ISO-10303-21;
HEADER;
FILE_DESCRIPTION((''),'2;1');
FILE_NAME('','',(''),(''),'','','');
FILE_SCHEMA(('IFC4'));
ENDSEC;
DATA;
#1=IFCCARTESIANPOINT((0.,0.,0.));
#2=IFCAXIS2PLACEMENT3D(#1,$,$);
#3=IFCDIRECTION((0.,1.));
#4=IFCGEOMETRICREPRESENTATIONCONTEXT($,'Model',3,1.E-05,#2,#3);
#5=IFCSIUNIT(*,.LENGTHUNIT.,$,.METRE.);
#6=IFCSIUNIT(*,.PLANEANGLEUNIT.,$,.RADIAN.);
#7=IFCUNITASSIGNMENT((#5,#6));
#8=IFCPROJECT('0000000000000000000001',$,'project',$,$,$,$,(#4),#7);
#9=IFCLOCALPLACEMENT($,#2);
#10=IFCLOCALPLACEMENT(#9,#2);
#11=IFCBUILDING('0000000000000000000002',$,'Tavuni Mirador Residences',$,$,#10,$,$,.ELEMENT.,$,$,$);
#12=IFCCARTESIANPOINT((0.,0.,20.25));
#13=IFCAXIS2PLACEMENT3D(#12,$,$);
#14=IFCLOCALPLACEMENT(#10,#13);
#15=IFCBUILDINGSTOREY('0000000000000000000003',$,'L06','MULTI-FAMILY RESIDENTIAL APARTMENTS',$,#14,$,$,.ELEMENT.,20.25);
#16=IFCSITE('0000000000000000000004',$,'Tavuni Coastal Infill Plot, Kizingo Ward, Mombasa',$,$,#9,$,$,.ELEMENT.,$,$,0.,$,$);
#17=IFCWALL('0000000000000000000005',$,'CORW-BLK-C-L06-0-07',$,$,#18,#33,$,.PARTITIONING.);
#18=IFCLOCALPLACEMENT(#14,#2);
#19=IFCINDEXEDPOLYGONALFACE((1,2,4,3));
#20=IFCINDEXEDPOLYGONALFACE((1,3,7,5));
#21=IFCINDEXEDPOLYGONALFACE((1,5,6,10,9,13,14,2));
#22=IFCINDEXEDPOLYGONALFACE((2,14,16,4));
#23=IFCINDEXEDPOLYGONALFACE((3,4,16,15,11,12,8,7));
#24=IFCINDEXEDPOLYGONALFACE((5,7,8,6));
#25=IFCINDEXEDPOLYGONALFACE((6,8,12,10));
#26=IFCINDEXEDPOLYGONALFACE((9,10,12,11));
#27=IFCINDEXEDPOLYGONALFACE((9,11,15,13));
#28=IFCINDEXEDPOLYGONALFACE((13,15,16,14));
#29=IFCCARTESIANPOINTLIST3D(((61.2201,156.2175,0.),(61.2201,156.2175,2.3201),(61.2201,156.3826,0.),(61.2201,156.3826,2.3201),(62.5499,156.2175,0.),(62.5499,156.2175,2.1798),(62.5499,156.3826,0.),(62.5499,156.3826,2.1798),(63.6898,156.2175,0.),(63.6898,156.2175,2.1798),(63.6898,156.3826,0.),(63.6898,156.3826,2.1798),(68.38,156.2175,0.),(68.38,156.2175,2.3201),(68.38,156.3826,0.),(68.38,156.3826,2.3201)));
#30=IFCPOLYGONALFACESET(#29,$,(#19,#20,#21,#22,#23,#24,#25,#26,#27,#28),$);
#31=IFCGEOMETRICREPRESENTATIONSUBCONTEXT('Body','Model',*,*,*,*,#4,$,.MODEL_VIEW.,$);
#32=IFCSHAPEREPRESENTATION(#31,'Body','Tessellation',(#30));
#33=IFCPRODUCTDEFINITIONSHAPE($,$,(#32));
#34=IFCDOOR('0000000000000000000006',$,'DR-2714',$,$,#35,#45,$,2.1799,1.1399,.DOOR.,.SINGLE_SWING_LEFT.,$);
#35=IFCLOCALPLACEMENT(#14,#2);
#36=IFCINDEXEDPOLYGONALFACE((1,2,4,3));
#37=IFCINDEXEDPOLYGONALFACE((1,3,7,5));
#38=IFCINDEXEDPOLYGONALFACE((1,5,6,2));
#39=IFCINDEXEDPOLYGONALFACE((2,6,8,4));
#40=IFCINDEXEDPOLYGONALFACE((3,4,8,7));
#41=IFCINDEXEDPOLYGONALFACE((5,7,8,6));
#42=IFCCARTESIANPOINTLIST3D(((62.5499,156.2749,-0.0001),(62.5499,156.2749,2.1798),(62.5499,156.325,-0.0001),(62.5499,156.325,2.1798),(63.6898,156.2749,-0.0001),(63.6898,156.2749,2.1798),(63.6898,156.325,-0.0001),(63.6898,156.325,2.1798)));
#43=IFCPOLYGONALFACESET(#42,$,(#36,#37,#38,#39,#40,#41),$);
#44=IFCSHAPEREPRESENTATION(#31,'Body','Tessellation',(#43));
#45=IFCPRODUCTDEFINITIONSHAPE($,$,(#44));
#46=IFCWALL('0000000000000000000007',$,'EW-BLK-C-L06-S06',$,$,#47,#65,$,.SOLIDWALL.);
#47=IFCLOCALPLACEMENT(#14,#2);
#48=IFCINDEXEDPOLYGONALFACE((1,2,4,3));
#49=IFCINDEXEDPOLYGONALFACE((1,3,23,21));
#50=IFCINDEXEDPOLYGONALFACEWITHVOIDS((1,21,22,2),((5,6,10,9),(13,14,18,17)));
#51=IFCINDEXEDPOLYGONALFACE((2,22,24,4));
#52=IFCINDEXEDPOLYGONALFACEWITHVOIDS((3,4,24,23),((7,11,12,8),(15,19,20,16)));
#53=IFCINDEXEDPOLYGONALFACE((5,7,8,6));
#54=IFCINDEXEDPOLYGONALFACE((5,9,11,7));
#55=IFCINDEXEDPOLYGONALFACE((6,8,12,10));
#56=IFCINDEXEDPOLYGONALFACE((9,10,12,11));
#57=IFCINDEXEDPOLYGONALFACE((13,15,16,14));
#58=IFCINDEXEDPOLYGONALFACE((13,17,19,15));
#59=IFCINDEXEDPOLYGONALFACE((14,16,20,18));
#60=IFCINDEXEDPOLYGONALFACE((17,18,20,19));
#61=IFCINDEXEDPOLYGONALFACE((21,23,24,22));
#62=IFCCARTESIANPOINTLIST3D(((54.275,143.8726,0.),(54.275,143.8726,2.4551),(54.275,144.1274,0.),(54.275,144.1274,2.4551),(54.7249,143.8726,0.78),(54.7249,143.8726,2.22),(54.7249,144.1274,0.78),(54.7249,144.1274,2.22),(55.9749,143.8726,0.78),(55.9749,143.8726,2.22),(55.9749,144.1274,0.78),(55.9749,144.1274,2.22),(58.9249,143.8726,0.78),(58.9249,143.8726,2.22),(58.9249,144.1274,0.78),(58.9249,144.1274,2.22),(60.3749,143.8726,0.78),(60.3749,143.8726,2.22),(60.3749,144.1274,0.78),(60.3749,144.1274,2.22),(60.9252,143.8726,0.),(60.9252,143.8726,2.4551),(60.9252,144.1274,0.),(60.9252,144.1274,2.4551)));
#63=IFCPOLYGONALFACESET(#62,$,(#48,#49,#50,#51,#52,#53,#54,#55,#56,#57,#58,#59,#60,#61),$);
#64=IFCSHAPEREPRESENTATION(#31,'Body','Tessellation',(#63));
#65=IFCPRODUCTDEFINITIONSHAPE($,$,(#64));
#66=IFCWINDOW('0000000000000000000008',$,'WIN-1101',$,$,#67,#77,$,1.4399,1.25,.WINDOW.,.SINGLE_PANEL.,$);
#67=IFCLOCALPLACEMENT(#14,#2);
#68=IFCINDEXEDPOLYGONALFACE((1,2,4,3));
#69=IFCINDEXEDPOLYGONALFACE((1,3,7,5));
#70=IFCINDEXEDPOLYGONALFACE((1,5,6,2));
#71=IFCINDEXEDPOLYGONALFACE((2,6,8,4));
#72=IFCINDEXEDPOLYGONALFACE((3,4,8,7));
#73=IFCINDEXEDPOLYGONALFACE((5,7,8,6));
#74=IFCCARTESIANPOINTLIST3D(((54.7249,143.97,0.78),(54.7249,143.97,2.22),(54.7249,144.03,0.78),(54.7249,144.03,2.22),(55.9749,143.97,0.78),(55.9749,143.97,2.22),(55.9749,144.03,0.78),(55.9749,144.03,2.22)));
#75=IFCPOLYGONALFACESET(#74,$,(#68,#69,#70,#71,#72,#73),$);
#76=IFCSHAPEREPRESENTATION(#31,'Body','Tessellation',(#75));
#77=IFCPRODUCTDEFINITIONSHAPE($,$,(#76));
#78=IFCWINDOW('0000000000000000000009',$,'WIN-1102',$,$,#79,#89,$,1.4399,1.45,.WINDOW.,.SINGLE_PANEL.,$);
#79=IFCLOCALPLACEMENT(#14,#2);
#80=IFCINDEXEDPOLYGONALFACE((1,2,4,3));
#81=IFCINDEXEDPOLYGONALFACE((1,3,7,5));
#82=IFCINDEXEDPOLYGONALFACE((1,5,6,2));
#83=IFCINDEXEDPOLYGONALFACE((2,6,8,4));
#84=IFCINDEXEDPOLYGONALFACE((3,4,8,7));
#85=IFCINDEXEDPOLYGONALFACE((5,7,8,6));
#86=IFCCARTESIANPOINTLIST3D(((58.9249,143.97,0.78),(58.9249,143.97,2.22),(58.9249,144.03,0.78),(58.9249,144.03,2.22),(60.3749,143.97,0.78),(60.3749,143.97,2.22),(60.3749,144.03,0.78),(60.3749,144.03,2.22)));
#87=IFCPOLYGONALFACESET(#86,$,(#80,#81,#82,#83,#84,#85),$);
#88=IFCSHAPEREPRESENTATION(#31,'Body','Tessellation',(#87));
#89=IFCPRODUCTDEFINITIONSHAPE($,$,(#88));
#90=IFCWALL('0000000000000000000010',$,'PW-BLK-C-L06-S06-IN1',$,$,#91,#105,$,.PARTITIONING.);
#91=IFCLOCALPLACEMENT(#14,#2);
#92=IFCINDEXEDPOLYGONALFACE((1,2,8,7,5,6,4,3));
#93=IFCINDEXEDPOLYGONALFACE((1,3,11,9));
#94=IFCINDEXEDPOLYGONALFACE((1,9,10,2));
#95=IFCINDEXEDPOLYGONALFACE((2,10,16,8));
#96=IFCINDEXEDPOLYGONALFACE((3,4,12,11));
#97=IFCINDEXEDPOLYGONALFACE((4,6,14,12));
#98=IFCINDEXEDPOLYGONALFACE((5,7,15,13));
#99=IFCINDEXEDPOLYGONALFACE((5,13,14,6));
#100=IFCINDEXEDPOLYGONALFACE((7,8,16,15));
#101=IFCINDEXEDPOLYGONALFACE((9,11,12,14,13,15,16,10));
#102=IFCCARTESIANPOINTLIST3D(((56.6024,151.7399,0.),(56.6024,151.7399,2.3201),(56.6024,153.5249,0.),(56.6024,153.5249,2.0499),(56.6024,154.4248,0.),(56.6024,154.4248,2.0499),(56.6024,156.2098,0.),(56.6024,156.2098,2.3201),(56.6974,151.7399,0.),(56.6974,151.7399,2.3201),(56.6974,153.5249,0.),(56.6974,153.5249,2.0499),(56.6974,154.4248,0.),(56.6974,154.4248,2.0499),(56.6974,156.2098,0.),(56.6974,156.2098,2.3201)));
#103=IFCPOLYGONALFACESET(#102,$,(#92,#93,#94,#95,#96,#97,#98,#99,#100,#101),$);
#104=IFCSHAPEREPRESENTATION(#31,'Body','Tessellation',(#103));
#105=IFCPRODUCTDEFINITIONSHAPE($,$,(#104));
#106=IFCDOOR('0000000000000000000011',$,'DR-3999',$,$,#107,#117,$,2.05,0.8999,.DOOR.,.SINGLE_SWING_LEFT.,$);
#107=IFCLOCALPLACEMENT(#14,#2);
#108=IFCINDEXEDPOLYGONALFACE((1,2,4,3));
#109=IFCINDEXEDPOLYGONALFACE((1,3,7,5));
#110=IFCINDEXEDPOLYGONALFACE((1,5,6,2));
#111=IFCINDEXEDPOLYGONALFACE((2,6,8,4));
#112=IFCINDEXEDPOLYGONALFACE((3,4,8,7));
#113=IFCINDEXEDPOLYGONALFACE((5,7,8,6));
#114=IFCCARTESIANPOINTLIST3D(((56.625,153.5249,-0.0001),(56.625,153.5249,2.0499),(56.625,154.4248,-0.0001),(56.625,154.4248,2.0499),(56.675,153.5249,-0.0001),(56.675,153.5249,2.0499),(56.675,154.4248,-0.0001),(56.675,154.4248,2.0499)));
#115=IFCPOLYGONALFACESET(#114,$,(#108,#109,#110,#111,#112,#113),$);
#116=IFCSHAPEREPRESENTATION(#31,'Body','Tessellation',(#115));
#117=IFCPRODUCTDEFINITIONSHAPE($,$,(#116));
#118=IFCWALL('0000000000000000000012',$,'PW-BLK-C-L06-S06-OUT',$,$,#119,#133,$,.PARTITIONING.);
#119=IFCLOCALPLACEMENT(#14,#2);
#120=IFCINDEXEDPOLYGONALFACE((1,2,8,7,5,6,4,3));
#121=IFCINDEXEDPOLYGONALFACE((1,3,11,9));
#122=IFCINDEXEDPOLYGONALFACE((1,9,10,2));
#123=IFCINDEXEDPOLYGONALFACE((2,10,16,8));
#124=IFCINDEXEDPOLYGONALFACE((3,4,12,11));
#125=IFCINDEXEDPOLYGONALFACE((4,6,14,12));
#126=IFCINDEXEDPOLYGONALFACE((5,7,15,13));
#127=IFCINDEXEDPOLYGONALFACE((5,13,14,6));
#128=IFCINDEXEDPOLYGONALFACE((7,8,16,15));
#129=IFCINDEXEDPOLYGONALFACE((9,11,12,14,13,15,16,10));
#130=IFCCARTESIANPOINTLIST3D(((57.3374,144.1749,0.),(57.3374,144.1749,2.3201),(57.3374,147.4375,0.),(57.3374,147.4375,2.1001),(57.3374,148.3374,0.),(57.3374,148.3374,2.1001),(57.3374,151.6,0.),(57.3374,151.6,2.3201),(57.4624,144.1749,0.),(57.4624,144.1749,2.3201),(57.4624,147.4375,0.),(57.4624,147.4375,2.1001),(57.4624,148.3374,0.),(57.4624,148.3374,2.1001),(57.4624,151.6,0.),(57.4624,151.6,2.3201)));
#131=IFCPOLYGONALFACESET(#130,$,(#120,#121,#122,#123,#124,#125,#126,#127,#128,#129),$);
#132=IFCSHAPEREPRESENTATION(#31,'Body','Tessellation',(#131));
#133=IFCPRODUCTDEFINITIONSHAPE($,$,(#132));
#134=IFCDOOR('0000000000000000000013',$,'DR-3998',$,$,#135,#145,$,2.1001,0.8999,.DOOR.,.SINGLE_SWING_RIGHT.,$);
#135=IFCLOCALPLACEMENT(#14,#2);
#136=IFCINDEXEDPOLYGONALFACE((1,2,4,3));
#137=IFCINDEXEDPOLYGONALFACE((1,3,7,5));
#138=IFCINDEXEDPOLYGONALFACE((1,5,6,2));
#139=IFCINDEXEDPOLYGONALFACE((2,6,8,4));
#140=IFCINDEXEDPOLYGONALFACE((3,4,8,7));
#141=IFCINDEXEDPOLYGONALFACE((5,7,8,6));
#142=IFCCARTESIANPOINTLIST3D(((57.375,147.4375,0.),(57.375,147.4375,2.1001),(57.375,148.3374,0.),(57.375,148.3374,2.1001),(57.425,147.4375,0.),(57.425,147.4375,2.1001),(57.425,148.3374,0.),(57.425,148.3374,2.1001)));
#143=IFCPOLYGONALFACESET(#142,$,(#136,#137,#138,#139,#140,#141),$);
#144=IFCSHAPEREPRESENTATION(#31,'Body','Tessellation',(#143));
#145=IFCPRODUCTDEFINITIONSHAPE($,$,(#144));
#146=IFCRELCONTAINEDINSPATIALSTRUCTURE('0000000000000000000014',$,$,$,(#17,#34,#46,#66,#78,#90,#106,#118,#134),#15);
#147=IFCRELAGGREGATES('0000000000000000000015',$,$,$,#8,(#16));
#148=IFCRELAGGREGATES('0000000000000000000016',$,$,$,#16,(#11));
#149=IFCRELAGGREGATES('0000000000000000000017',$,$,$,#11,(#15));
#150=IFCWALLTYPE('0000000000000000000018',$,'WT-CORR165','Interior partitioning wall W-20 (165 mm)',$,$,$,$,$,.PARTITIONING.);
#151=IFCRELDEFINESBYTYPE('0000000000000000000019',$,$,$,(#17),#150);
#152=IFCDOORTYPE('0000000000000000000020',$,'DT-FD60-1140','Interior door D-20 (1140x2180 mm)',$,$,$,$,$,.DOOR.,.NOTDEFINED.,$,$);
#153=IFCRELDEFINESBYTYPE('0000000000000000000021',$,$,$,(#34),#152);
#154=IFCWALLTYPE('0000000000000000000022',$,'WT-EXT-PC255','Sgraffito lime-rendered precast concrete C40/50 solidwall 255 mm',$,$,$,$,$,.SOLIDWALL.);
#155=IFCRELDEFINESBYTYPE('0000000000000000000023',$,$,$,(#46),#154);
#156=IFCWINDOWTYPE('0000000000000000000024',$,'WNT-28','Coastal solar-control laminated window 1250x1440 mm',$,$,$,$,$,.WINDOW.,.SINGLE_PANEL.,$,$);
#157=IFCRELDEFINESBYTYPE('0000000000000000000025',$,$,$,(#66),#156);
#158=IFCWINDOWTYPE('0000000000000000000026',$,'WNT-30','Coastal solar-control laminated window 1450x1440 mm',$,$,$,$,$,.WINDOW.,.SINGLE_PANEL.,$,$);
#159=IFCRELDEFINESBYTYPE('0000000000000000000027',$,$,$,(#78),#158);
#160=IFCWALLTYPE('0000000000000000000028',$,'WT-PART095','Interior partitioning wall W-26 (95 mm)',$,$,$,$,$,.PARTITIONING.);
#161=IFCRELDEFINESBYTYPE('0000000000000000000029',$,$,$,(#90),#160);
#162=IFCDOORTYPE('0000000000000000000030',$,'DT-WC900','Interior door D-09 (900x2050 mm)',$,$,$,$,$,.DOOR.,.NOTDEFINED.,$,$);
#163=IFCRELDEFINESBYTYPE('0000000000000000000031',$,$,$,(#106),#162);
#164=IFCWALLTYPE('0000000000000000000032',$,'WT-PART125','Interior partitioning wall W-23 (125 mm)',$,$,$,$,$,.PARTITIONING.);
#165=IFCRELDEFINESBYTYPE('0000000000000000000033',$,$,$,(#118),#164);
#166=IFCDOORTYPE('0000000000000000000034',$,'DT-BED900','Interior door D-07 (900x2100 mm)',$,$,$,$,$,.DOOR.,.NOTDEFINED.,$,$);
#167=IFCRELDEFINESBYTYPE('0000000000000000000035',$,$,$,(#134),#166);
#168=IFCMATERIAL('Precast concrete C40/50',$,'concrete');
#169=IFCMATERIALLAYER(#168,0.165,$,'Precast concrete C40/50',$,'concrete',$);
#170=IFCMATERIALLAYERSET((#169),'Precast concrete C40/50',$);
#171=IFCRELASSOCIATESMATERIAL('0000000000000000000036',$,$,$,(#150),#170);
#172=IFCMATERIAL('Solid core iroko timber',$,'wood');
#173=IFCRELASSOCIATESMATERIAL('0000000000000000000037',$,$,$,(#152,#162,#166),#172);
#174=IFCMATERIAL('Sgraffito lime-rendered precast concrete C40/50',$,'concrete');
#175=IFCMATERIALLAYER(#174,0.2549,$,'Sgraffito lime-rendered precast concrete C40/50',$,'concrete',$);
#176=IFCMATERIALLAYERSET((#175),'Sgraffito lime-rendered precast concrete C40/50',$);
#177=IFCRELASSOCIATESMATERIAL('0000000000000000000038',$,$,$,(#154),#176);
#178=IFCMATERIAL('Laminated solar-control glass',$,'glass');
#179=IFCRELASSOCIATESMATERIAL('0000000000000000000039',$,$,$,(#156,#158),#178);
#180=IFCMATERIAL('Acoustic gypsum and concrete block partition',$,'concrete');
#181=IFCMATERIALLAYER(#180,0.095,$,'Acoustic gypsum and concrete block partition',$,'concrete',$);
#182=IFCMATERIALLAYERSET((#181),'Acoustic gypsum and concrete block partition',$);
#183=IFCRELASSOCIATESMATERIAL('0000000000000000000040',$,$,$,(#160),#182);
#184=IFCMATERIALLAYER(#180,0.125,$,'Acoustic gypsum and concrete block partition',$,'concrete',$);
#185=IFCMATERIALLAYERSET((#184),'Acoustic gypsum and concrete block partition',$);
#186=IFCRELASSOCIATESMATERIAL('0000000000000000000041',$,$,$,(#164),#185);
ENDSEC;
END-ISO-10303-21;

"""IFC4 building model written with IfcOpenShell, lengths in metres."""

from ifc_helpers import new_model, si_unit, direction, frame, frame_2d, origin, place, context, subcontext, project, spatial, rectangle, extrude, material, layer, layer_set, type_object, element, fill, save


model = new_model("IFC4")

# Units and contexts
model_context = context("Model", 3, precision=1e-05, world=origin(), true_north=direction((0.0, 1.0)))
body_context = subcontext(model_context, "Body", "Model", "MODEL_VIEW")
ifc_project = project(units=[si_unit("LENGTHUNIT", "METRE"), si_unit("PLANEANGLEUNIT", "RADIAN")], contexts=[model_context])

# Site, building, storey
site_placement = place(None, origin())
site = spatial("IfcSite", under=ifc_project, at=site_placement, Name="Tavuni Coastal Infill Plot, Kizingo Ward, Mombasa", CompositionType="ELEMENT", RefElevation=0.0)
building_placement = place(site_placement, origin())
building = spatial("IfcBuilding", under=site, at=building_placement, Name="Tavuni Mirador Residences", CompositionType="ELEMENT")
storey_placement = place(building_placement, frame((0.0, 0.0, 20.25)))
storey = spatial("IfcBuildingStorey", under=building, at=storey_placement, Name="L06", Description="MULTI-FAMILY RESIDENTIAL APARTMENTS", CompositionType="ELEMENT", Elevation=20.25)

# Shared definitions
ifc_material_1 = material(Name="Precast concrete C40/50", Category="concrete")

# Wall, opening, door
ifc_layer_1 = layer(ifc_material_1, 0.165, Name="Precast concrete C40/50", Category="concrete")
ifc_layer_set_1 = layer_set([ifc_layer_1], Name="Precast concrete C40/50")
wall_type_1 = type_object("IfcWallType", Name="WT-CORR165", Description="Interior partitioning wall W-20 (165 mm)", PredefinedType="PARTITIONING", material=ifc_layer_set_1)
ifc_material_2 = material(Name="Solid core iroko timber", Category="wood")
wall_1_placement = place(storey_placement, frame((61.22, 156.3, 0.0), z_axis=(0.0, 0.0, 1.0), x_axis=(1.0, 0.0, 0.0)))
wall_1 = element("IfcWall", 1, at=wall_1_placement, inside=storey, type_object=wall_type_1, Name="CORW-BLK-C-L06-0-07", PredefinedType="PARTITIONING", context=body_context, shape_type="SweptSolid", body=[
    extrude(rectangle(XDim=7.1599, YDim=0.165, at=frame_2d((3.5801, 0.0))), origin(), (0.0, 0.0, 1.0), 2.3201),
])
opening_1_placement = place(wall_1_placement, frame((1.3301, 0.0, 0.0)))
opening_1 = element("IfcOpeningElement", 2, at=opening_1_placement, cuts=wall_1, PredefinedType="OPENING", context=body_context, shape_type="SweptSolid", body=[
    extrude(rectangle(XDim=1.1399, YDim=2.1799, at=frame_2d((0.5698, 1.0898))), frame((0.0, 0.0925, 0.0), z_axis=(0.0, -1.0, 0.0), x_axis=(1.0, 0.0, 0.0)), (0.0, 0.0, 1.0), 0.1851),
])
door_type_1 = type_object("IfcDoorType", Name="DT-FD60-1140", Description="Interior door D-20 (1140x2180 mm)", OperationType="NOTDEFINED", PredefinedType="DOOR", material=ifc_material_2)
door_1_placement = place(opening_1_placement, origin())
door_1 = element("IfcDoor", 3, at=door_1_placement, inside=storey, type_object=door_type_1, Name="DR-2714", OperationType="SINGLE_SWING_LEFT", OverallHeight=2.1799, OverallWidth=1.1399, PredefinedType="DOOR", context=body_context, shape_type="SweptSolid", body=[
    extrude(rectangle(XDim=1.1399, YDim=2.1799, at=frame_2d((0.5698, 1.0898))), frame((0.0, 0.0249, 0.0), z_axis=(0.0, -1.0, 0.0), x_axis=(1.0, 0.0, 0.0)), (0.0, 0.0, 1.0), 0.05),
])
fill(opening_1, door_1)

# Wall, openings, windows
ifc_material_3 = material(Name="Sgraffito lime-rendered precast concrete C40/50", Category="concrete")
ifc_layer_2 = layer(ifc_material_3, 0.2549, Name="Sgraffito lime-rendered precast concrete C40/50", Category="concrete")
ifc_layer_set_2 = layer_set([ifc_layer_2], Name="Sgraffito lime-rendered precast concrete C40/50")
wall_type_2 = type_object("IfcWallType", Name="WT-EXT-PC255", Description="Sgraffito lime-rendered precast concrete C40/50 solidwall 255 mm", PredefinedType="SOLIDWALL", material=ifc_layer_set_2)
wall_2_placement = place(storey_placement, frame((54.2749, 144.0, 0.0), z_axis=(0.0, 0.0, 1.0), x_axis=(1.0, 0.0, 0.0)))
wall_2 = element("IfcWall", 4, at=wall_2_placement, inside=storey, type_object=wall_type_2, Name="EW-BLK-C-L06-S06", PredefinedType="SOLIDWALL", context=body_context, shape_type="SweptSolid", body=[
    extrude(rectangle(XDim=6.6501, YDim=0.2549, at=frame_2d((3.3252, 0.0))), origin(), (0.0, 0.0, 1.0), 2.4551),
])
opening_2_placement = place(wall_2_placement, frame((0.45, 0.0, 0.78)))
opening_2 = element("IfcOpeningElement", 5, at=opening_2_placement, cuts=wall_2, PredefinedType="OPENING", context=body_context, shape_type="SweptSolid", body=[
    extrude(rectangle(XDim=1.25, YDim=1.4399, at=frame_2d((0.625, 0.72))), frame((0.0, 0.1375, 0.0), z_axis=(0.0, -1.0, 0.0), x_axis=(1.0, 0.0, 0.0)), (0.0, 0.0, 1.0), 0.2749),
])
opening_3_placement = place(wall_2_placement, frame((4.6499, 0.0, 0.78)))
opening_3 = element("IfcOpeningElement", 6, at=opening_3_placement, cuts=wall_2, PredefinedType="OPENING", context=body_context, shape_type="SweptSolid", body=[
    extrude(rectangle(XDim=1.45, YDim=1.4399, at=frame_2d((0.7251, 0.72))), frame((0.0, 0.1375, 0.0), z_axis=(0.0, -1.0, 0.0), x_axis=(1.0, 0.0, 0.0)), (0.0, 0.0, 1.0), 0.2749),
])
ifc_material_4 = material(Name="Laminated solar-control glass", Category="glass")
window_type_1 = type_object("IfcWindowType", Name="WNT-28", Description="Coastal solar-control laminated window 1250x1440 mm", PartitioningType="SINGLE_PANEL", PredefinedType="WINDOW", material=ifc_material_4)
window_1_placement = place(opening_2_placement, origin())
window_1 = element("IfcWindow", 7, at=window_1_placement, inside=storey, type_object=window_type_1, Name="WIN-1101", OverallHeight=1.4399, OverallWidth=1.25, PartitioningType="SINGLE_PANEL", PredefinedType="WINDOW", context=body_context, shape_type="SweptSolid", body=[
    extrude(rectangle(XDim=1.25, YDim=1.4399, at=frame_2d((0.625, 0.72))), frame((0.0, 0.03, 0.0), z_axis=(0.0, -1.0, 0.0), x_axis=(1.0, 0.0, 0.0)), (0.0, 0.0, 1.0), 0.0601),
])
fill(opening_2, window_1)
window_type_2 = type_object("IfcWindowType", Name="WNT-30", Description="Coastal solar-control laminated window 1450x1440 mm", PartitioningType="SINGLE_PANEL", PredefinedType="WINDOW", material=ifc_material_4)
window_2_placement = place(opening_3_placement, origin())
window_2 = element("IfcWindow", 8, at=window_2_placement, inside=storey, type_object=window_type_2, Name="WIN-1102", OverallHeight=1.4399, OverallWidth=1.45, PartitioningType="SINGLE_PANEL", PredefinedType="WINDOW", context=body_context, shape_type="SweptSolid", body=[
    extrude(rectangle(XDim=1.45, YDim=1.4399, at=frame_2d((0.7251, 0.72))), frame((0.0, 0.03, 0.0), z_axis=(0.0, -1.0, 0.0), x_axis=(1.0, 0.0, 0.0)), (0.0, 0.0, 1.0), 0.0601),
])
fill(opening_3, window_2)

# Walls, openings, doors
ifc_material_5 = material(Name="Acoustic gypsum and concrete block partition", Category="concrete")
ifc_layer_3 = layer(ifc_material_5, 0.095, Name="Acoustic gypsum and concrete block partition", Category="concrete")
ifc_layer_set_3 = layer_set([ifc_layer_3], Name="Acoustic gypsum and concrete block partition")
wall_type_3 = type_object("IfcWallType", Name="WT-PART095", Description="Interior partitioning wall W-26 (95 mm)", PredefinedType="PARTITIONING", material=ifc_layer_set_3)
wall_3_placement = place(storey_placement, frame((56.6499, 151.74, 0.0), z_axis=(0.0, 0.0, 1.0), x_axis=(0.0, 1.0, 0.0)))
wall_3 = element("IfcWall", 9, at=wall_3_placement, inside=storey, type_object=wall_type_3, Name="PW-BLK-C-L06-S06-IN1", PredefinedType="PARTITIONING", context=body_context, shape_type="SweptSolid", body=[
    extrude(rectangle(XDim=4.47, YDim=0.095, at=frame_2d((2.2349, 0.0))), origin(), (0.0, 0.0, 1.0), 2.3201),
])
opening_4_placement = place(wall_3_placement, frame((1.7849, 0.0, 0.0)))
opening_4 = element("IfcOpeningElement", 10, at=opening_4_placement, cuts=wall_3, PredefinedType="OPENING", context=body_context, shape_type="SweptSolid", body=[
    extrude(rectangle(XDim=0.8999, YDim=2.05, at=frame_2d((0.45, 1.0249))), frame((0.0, 0.0576, 0.0), z_axis=(0.0, -1.0, 0.0), x_axis=(1.0, 0.0, 0.0)), (0.0, 0.0, 1.0), 0.115),
])
door_type_2 = type_object("IfcDoorType", Name="DT-WC900", Description="Interior door D-09 (900x2050 mm)", OperationType="NOTDEFINED", PredefinedType="DOOR", material=ifc_material_2)
door_2_placement = place(opening_4_placement, origin())
door_2 = element("IfcDoor", 11, at=door_2_placement, inside=storey, type_object=door_type_2, Name="DR-3999", OperationType="SINGLE_SWING_LEFT", OverallHeight=2.05, OverallWidth=0.8999, PredefinedType="DOOR", context=body_context, shape_type="SweptSolid", body=[
    extrude(rectangle(XDim=0.8999, YDim=2.05, at=frame_2d((0.45, 1.0249))), frame((0.0, 0.0249, 0.0), z_axis=(0.0, -1.0, 0.0), x_axis=(1.0, 0.0, 0.0)), (0.0, 0.0, 1.0), 0.05),
])
fill(opening_4, door_2)
ifc_layer_4 = layer(ifc_material_5, 0.125, Name="Acoustic gypsum and concrete block partition", Category="concrete")
ifc_layer_set_4 = layer_set([ifc_layer_4], Name="Acoustic gypsum and concrete block partition")
wall_type_4 = type_object("IfcWallType", Name="WT-PART125", Description="Interior partitioning wall W-23 (125 mm)", PredefinedType="PARTITIONING", material=ifc_layer_set_4)
wall_4_placement = place(storey_placement, frame((57.3999, 144.175, 0.0), z_axis=(0.0, 0.0, 1.0), x_axis=(0.0, 1.0, 0.0)))
wall_4 = element("IfcWall", 12, at=wall_4_placement, inside=storey, type_object=wall_type_4, Name="PW-BLK-C-L06-S06-OUT", PredefinedType="PARTITIONING", context=body_context, shape_type="SweptSolid", body=[
    extrude(rectangle(XDim=7.425, YDim=0.125, at=frame_2d((3.7124, 0.0))), origin(), (0.0, 0.0, 1.0), 2.3201),
])
opening_5_placement = place(wall_4_placement, frame((3.2625, 0.0, 0.0)))
opening_5 = element("IfcOpeningElement", 13, at=opening_5_placement, cuts=wall_4, PredefinedType="OPENING", context=body_context, shape_type="SweptSolid", body=[
    extrude(rectangle(XDim=0.8999, YDim=2.1001, at=frame_2d((0.45, 1.05))), frame((0.0, 0.0725, 0.0), z_axis=(0.0, -1.0, 0.0), x_axis=(1.0, 0.0, 0.0)), (0.0, 0.0, 1.0), 0.145),
])
door_type_3 = type_object("IfcDoorType", Name="DT-BED900", Description="Interior door D-07 (900x2100 mm)", OperationType="NOTDEFINED", PredefinedType="DOOR", material=ifc_material_2)
door_3_placement = place(opening_5_placement, origin())
door_3 = element("IfcDoor", 14, at=door_3_placement, inside=storey, type_object=door_type_3, Name="DR-3998", OperationType="SINGLE_SWING_RIGHT", OverallHeight=2.1001, OverallWidth=0.8999, PredefinedType="DOOR", context=body_context, shape_type="SweptSolid", body=[
    extrude(rectangle(XDim=0.8999, YDim=2.1001, at=frame_2d((0.45, 1.05))), frame((0.0, 0.0249, 0.0), z_axis=(0.0, -1.0, 0.0), x_axis=(1.0, 0.0, 0.0)), (0.0, 0.0, 1.0), 0.05),
])
fill(opening_5, door_3)

save(model, "model.ifc")
